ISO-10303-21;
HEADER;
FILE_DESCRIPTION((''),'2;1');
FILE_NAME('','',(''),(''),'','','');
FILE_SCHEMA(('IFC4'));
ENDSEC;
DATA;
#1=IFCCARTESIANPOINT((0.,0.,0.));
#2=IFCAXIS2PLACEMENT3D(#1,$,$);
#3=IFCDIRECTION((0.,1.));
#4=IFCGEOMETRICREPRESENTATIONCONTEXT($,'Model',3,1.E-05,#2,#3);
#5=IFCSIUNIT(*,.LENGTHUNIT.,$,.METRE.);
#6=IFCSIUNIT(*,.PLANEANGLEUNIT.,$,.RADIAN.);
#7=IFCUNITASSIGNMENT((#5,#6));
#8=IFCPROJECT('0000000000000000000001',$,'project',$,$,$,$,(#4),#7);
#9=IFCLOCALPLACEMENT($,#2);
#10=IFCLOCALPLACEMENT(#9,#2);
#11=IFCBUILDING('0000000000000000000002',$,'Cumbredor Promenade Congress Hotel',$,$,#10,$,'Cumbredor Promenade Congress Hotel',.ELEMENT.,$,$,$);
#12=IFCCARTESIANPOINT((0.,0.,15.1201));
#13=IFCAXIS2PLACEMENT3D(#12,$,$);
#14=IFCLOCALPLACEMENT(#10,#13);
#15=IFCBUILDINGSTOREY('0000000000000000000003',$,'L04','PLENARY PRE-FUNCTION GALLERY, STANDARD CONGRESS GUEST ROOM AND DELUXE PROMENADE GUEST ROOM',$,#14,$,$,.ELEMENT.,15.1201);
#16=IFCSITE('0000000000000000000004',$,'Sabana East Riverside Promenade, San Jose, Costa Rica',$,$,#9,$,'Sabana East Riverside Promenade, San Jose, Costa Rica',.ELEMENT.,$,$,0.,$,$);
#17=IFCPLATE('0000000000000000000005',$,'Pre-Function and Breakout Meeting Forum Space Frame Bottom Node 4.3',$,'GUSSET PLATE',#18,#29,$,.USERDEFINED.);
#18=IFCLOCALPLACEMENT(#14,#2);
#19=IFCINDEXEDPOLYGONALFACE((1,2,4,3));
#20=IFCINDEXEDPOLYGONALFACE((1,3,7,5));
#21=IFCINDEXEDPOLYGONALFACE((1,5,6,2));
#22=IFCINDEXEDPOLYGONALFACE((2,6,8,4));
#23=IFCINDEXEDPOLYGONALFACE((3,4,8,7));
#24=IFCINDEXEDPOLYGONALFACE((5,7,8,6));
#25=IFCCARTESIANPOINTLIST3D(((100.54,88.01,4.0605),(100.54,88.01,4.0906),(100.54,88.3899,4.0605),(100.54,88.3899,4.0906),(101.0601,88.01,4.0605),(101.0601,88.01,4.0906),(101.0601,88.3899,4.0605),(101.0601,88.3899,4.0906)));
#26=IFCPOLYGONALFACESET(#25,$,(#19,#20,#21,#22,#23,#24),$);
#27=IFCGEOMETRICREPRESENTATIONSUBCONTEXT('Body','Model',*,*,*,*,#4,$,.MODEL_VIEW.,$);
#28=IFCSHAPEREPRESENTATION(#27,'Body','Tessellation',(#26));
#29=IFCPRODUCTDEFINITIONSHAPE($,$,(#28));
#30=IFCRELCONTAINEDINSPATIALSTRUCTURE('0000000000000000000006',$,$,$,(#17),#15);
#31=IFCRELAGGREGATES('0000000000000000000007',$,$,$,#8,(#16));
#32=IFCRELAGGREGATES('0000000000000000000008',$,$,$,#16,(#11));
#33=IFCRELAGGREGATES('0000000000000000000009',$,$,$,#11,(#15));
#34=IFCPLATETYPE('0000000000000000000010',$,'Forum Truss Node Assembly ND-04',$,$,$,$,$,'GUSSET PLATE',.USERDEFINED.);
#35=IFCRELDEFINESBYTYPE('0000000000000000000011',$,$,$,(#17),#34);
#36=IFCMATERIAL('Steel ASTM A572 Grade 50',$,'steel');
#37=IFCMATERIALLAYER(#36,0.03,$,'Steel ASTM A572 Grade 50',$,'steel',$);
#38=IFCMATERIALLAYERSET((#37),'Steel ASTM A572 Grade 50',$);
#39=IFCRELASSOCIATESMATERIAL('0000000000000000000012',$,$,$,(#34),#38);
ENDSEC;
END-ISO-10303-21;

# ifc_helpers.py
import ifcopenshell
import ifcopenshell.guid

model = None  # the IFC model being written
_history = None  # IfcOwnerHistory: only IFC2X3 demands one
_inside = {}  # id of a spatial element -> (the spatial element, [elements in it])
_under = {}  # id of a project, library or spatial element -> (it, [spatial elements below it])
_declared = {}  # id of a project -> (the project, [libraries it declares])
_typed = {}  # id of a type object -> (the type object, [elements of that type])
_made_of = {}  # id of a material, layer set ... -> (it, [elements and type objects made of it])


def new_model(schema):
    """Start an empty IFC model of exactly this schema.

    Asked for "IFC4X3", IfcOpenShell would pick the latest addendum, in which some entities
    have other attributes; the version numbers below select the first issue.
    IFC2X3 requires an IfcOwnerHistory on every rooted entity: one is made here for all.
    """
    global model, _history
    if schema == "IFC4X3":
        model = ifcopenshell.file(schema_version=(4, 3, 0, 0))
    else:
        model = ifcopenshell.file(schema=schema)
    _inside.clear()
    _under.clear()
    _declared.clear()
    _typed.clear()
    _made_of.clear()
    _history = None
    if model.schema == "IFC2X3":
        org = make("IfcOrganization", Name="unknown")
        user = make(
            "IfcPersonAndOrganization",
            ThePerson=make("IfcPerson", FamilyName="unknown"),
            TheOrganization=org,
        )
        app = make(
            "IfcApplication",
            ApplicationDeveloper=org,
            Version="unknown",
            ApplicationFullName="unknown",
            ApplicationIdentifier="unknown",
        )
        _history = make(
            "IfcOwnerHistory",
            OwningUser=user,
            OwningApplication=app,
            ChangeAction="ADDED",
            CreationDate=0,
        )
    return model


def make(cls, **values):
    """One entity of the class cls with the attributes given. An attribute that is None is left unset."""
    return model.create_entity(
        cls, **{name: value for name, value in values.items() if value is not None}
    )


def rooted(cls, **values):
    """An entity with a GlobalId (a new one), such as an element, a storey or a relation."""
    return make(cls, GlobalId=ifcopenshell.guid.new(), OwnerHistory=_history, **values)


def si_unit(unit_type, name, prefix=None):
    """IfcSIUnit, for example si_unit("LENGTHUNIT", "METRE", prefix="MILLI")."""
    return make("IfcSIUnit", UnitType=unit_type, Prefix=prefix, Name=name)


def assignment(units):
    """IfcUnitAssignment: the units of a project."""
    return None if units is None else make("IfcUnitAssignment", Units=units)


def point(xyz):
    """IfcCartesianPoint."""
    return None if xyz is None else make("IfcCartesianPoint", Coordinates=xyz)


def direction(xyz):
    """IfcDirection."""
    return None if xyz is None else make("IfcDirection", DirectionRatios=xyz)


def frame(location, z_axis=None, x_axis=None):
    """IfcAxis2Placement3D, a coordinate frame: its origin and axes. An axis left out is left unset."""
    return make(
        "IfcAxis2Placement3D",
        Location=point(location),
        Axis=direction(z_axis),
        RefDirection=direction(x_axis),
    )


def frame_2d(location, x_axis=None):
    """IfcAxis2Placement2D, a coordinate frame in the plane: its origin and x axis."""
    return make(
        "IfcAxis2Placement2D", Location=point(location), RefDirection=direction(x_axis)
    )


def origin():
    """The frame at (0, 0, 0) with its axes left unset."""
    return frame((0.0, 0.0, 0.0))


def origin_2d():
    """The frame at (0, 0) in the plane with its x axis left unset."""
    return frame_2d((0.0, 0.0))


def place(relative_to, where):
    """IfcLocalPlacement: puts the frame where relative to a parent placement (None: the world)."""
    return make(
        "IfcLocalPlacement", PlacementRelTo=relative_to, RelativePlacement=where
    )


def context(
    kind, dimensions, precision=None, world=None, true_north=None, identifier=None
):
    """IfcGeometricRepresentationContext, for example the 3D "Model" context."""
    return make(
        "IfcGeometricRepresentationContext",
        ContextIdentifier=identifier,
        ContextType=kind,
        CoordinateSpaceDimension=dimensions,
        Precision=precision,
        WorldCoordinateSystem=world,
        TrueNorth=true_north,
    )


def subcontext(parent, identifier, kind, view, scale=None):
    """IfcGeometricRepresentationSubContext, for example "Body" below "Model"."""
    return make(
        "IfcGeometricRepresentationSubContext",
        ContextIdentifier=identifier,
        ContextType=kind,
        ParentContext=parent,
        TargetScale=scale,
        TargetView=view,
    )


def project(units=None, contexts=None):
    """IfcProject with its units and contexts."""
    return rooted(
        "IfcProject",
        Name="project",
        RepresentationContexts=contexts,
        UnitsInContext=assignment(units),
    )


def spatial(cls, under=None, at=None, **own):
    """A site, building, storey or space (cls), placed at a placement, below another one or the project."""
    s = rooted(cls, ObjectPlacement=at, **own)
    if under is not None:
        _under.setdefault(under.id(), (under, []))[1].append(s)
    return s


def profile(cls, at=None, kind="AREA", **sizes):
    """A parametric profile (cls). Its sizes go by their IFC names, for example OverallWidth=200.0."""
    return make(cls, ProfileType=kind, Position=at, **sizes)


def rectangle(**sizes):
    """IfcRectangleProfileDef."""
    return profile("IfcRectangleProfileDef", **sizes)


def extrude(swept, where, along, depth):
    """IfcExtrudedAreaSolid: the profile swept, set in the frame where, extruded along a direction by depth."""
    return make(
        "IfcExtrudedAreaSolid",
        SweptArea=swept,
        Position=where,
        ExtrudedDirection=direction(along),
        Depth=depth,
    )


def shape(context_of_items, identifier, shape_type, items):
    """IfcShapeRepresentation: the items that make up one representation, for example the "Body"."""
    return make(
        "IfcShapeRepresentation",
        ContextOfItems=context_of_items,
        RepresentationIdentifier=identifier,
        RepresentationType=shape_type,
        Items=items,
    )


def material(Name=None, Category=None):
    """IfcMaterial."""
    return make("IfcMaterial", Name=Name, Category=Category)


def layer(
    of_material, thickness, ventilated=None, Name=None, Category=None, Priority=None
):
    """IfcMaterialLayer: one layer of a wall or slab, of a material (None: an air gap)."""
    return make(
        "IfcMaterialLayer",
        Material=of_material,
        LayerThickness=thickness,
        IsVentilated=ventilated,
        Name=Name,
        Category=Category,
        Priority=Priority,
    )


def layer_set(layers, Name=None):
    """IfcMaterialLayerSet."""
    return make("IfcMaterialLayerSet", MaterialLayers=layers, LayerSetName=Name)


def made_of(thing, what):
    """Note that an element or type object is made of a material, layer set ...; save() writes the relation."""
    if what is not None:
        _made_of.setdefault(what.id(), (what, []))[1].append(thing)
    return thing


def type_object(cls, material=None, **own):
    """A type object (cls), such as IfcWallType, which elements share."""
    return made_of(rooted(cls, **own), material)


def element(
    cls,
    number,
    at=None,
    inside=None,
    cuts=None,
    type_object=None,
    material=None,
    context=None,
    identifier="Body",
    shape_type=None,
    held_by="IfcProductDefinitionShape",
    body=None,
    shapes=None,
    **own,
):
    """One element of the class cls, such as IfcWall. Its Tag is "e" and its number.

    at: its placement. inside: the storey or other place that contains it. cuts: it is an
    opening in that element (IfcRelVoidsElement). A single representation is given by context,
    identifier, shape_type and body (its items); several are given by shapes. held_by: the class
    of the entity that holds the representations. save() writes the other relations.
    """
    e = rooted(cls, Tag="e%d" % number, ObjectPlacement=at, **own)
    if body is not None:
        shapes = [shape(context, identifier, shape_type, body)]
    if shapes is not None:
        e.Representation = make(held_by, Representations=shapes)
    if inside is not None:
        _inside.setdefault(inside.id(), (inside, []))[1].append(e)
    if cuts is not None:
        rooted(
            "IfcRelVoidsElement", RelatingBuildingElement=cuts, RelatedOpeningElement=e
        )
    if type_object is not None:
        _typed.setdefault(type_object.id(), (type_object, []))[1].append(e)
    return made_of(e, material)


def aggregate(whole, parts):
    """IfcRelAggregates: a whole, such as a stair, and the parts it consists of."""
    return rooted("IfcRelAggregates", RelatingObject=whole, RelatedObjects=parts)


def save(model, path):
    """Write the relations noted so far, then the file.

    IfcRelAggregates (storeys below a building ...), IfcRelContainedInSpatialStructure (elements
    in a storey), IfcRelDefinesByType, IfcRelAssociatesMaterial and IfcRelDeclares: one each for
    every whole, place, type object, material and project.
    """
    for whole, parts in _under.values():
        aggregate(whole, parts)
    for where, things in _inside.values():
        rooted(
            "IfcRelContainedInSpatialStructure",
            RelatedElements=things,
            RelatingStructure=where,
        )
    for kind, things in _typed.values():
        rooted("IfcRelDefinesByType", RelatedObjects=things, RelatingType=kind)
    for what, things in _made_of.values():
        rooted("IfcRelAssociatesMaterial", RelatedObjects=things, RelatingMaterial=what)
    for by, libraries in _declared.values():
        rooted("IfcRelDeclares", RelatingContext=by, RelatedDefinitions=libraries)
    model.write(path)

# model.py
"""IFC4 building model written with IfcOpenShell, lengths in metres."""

from ifc_helpers import new_model, si_unit, direction, frame, origin, origin_2d, place, context, subcontext, project, spatial, rectangle, extrude, material, layer, layer_set, type_object, element, save


model = new_model("IFC4")

# Units and contexts
model_context = context("Model", 3, precision=1e-05, world=origin(), true_north=direction((0.0, 1.0)))
body_context = subcontext(model_context, "Body", "Model", "MODEL_VIEW")
ifc_project = project(units=[si_unit("LENGTHUNIT", "METRE"), si_unit("PLANEANGLEUNIT", "RADIAN")], contexts=[model_context])

# Site, building, storey
site_placement = place(None, origin())
site = spatial("IfcSite", under=ifc_project, at=site_placement, Name="Sabana East Riverside Promenade, San Jose, Costa Rica", LongName="Sabana East Riverside Promenade, San Jose, Costa Rica", CompositionType="ELEMENT", RefElevation=0.0)
building_placement = place(site_placement, origin())
building = spatial("IfcBuilding", under=site, at=building_placement, Name="Cumbredor Promenade Congress Hotel", LongName="Cumbredor Promenade Congress Hotel", CompositionType="ELEMENT")
storey_placement = place(building_placement, frame((0.0, 0.0, 15.1201)))
storey = spatial("IfcBuildingStorey", under=building, at=storey_placement, Name="L04", Description="PLENARY PRE-FUNCTION GALLERY, STANDARD CONGRESS GUEST ROOM AND DELUXE PROMENADE GUEST ROOM", CompositionType="ELEMENT", Elevation=15.1201)

# Plate
ifc_material_1 = material(Name="Steel ASTM A572 Grade 50", Category="steel")
ifc_layer_1 = layer(ifc_material_1, 0.03, Name="Steel ASTM A572 Grade 50", Category="steel")
ifc_layer_set_1 = layer_set([ifc_layer_1], Name="Steel ASTM A572 Grade 50")
plate_type_1 = type_object("IfcPlateType", Name="Forum Truss Node Assembly ND-04", ElementType="GUSSET PLATE", PredefinedType="USERDEFINED", material=ifc_layer_set_1)
for number, where, z_axis, x_axis, name in (
    (1, (100.8, 88.2, 4.0605), (0.0, 0.0, 1.0), (1.0, 0.0, 0.0), "Pre-Function and Breakout Meeting Forum Space Frame Bottom Node 4.3"),
):
    element("IfcPlate", number, at=place(storey_placement, frame(where, z_axis=z_axis, x_axis=x_axis)), inside=storey, type_object=plate_type_1, Name=name, ObjectType="GUSSET PLATE", PredefinedType="USERDEFINED", context=body_context, shape_type="SweptSolid", body=[
        extrude(rectangle(XDim=0.52, YDim=0.3799, at=origin_2d()), origin(), (0.0, 0.0, 1.0), 0.03),
    ])

save(model, "model.ifc")
